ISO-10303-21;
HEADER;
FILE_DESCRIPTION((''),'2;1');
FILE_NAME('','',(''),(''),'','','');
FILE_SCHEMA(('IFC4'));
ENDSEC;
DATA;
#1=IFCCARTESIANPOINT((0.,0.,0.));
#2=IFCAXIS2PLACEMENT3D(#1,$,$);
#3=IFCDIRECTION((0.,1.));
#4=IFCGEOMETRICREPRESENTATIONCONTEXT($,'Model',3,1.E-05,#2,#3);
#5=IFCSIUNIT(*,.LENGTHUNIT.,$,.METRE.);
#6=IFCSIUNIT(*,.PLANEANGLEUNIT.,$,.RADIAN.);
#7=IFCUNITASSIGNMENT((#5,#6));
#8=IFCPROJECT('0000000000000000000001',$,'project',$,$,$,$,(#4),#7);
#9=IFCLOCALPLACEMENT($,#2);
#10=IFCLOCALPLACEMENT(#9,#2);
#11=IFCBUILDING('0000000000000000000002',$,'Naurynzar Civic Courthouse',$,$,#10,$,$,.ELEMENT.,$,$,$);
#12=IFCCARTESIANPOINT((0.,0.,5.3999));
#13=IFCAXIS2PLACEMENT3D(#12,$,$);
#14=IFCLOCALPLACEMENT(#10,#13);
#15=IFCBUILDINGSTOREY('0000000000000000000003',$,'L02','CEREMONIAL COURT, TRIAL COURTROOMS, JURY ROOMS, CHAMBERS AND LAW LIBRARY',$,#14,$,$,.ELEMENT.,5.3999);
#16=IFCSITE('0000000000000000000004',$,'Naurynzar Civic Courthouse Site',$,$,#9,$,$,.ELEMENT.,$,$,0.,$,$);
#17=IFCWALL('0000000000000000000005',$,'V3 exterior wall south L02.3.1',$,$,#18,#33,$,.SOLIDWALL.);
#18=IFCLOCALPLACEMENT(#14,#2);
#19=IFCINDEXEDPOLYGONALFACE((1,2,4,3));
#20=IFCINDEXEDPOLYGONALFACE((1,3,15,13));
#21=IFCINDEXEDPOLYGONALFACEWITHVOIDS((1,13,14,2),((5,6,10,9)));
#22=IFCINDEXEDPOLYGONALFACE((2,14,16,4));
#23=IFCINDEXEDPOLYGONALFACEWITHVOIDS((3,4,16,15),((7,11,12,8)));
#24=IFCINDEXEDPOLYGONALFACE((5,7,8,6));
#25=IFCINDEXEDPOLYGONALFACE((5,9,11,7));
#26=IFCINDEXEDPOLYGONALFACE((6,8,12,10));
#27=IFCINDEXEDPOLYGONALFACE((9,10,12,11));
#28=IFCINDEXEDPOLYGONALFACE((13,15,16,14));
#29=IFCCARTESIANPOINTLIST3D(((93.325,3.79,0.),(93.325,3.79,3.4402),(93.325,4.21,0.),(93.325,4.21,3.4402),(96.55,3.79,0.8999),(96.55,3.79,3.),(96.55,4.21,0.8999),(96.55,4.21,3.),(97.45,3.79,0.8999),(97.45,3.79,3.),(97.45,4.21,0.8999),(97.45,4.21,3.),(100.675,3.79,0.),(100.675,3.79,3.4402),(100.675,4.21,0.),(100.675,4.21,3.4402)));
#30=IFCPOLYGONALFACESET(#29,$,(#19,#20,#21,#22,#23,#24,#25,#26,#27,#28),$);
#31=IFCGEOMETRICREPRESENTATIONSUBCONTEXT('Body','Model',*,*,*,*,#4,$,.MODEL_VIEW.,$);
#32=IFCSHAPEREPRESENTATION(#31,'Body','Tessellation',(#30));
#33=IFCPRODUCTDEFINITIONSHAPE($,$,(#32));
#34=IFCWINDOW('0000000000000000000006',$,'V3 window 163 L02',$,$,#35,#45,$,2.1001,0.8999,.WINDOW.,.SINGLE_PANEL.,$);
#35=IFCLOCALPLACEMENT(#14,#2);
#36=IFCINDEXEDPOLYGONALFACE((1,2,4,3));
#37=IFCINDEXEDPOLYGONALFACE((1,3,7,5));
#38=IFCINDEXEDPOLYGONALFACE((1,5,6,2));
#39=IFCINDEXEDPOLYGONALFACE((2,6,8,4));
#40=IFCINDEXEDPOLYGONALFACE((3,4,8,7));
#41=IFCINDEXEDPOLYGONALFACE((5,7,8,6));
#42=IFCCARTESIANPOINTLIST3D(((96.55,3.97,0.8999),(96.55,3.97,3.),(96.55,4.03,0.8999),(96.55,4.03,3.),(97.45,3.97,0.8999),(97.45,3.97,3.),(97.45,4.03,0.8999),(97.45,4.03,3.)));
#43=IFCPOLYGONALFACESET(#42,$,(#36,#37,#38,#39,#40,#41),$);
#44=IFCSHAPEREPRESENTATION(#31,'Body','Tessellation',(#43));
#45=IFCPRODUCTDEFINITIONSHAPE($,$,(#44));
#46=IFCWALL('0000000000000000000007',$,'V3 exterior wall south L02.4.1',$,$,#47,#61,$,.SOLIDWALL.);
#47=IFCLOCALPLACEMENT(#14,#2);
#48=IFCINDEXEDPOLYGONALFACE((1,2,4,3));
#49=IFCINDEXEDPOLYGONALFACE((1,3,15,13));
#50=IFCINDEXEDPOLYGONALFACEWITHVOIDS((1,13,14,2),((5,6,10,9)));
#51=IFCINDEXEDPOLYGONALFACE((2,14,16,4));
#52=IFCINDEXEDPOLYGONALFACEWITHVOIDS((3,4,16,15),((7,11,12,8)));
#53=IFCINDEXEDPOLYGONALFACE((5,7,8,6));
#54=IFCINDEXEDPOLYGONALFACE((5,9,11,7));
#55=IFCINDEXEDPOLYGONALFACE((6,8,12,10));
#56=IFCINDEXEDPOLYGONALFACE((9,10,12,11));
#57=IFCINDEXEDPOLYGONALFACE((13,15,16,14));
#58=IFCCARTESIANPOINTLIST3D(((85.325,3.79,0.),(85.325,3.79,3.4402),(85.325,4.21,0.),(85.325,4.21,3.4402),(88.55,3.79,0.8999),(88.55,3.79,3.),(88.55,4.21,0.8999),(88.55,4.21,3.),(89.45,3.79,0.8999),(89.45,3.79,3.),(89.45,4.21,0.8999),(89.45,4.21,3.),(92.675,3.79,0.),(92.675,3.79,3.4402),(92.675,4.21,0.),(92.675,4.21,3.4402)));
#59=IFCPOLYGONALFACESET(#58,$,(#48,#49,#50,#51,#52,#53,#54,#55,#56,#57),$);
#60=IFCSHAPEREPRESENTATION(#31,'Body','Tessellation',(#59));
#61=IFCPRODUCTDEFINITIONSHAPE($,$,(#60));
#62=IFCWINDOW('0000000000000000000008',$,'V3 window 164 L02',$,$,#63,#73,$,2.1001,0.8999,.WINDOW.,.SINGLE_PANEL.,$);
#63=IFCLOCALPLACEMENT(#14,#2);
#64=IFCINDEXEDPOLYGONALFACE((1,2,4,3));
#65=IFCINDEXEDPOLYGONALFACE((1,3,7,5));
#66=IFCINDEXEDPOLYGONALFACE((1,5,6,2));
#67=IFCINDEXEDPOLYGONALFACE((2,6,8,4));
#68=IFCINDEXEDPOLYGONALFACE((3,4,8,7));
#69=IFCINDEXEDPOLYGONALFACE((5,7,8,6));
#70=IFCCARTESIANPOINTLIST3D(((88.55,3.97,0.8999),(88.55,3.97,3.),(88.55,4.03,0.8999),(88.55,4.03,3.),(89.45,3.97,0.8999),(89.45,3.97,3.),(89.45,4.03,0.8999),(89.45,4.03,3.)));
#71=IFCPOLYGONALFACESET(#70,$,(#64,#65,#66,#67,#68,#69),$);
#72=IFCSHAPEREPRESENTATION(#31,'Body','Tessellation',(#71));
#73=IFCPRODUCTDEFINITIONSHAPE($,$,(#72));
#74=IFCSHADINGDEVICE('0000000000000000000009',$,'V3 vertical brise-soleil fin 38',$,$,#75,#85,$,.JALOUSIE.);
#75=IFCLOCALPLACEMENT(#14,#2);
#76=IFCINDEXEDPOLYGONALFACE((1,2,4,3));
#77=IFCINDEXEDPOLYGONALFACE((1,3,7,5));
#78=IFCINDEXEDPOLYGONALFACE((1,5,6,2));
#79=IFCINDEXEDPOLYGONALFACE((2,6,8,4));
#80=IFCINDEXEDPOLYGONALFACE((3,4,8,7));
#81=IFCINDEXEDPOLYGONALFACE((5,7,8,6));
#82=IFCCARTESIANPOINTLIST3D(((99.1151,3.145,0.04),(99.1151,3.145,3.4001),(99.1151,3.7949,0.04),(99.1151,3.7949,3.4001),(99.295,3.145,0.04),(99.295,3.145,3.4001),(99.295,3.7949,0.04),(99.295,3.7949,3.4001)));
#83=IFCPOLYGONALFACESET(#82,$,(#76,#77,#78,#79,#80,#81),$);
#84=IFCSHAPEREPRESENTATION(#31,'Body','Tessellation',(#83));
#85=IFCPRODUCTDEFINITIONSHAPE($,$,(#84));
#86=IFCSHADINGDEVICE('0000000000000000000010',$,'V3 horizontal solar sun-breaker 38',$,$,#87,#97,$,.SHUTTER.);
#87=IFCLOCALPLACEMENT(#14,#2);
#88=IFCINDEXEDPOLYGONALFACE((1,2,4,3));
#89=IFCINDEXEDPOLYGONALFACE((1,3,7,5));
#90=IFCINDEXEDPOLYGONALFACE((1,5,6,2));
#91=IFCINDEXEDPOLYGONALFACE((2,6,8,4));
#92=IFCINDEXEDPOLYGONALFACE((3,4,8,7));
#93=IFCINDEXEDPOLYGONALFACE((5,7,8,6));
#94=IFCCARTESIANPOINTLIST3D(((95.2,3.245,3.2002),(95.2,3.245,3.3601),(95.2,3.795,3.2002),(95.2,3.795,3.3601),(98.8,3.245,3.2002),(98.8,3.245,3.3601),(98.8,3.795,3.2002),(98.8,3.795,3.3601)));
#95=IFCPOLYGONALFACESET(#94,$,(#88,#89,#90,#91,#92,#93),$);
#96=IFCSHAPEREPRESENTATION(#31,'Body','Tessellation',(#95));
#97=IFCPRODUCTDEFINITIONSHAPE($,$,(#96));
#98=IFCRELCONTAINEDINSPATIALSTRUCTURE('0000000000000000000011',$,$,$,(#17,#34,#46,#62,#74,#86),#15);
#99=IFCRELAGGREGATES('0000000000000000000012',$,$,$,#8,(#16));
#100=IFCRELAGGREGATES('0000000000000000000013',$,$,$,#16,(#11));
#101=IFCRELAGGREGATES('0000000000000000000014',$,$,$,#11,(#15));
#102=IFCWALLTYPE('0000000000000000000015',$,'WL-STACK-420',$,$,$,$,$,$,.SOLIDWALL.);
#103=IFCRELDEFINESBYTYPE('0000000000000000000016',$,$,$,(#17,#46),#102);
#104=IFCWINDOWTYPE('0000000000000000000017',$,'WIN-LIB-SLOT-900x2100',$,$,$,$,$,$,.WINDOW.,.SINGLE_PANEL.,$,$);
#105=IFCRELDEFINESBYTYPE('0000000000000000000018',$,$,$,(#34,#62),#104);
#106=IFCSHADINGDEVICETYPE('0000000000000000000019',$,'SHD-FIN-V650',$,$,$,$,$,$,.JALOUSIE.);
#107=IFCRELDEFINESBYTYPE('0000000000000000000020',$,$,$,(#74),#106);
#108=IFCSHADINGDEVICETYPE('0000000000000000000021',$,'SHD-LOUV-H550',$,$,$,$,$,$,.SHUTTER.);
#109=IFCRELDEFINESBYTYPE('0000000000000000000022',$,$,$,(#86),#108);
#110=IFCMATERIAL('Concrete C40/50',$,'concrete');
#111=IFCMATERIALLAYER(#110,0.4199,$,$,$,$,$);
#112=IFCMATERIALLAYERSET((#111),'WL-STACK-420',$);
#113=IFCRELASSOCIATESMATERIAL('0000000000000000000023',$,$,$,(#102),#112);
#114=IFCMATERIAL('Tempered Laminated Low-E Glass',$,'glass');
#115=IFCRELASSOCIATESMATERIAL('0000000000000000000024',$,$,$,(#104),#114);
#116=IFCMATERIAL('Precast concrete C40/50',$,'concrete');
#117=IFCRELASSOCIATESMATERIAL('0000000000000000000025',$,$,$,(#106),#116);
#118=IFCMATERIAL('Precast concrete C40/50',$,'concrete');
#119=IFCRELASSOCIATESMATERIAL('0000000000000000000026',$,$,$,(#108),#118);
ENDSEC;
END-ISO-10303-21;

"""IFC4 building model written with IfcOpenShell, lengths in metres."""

from ifc_helpers import new_model, si_unit, direction, frame, frame_2d, origin, origin_2d, place, context, subcontext, project, spatial, rectangle, extrude, material, layer, layer_set, type_object, element, fill, save


model = new_model("IFC4")

# Units and contexts
model_context = context("Model", 3, precision=1e-05, world=origin(), true_north=direction((0.0, 1.0)))
body_context = subcontext(model_context, "Body", "Model", "MODEL_VIEW")
ifc_project = project(units=[si_unit("LENGTHUNIT", "METRE"), si_unit("PLANEANGLEUNIT", "RADIAN")], contexts=[model_context])

# Site, building, storey
site_placement = place(None, origin())
site = spatial("IfcSite", under=ifc_project, at=site_placement, Name="Naurynzar Civic Courthouse Site", CompositionType="ELEMENT", RefElevation=0.0)
building_placement = place(site_placement, origin())
building = spatial("IfcBuilding", under=site, at=building_placement, Name="Naurynzar Civic Courthouse", CompositionType="ELEMENT")
storey_placement = place(building_placement, frame((0.0, 0.0, 5.3999)))
storey = spatial("IfcBuildingStorey", under=building, at=storey_placement, Name="L02", Description="CEREMONIAL COURT, TRIAL COURTROOMS, JURY ROOMS, CHAMBERS AND LAW LIBRARY", CompositionType="ELEMENT", Elevation=5.3999)

# Walls, openings, windows
ifc_material_1 = material(Name="Concrete C40/50", Category="concrete")
ifc_layer = layer(ifc_material_1, 0.4199)
ifc_layer_set = layer_set([ifc_layer], Name="WL-STACK-420")
wall_type = type_object("IfcWallType", Name="WL-STACK-420", PredefinedType="SOLIDWALL", material=ifc_layer_set)
wall_1_placement = place(storey_placement, frame((100.675, 4.0, 0.0), z_axis=(0.0, 0.0, 1.0), x_axis=(-1.0, 0.0, 0.0)))
wall_1 = element("IfcWall", 1, at=wall_1_placement, inside=storey, type_object=wall_type, Name="V3 exterior wall south L02.3.1", PredefinedType="SOLIDWALL", context=body_context, shape_type="SweptSolid", body=[
    extrude(rectangle(XDim=7.3501, YDim=0.4199, at=frame_2d((3.675, 0.0))), origin(), (0.0, 0.0, 1.0), 3.4402),
])
opening_1_placement = place(wall_1_placement, frame((3.2251, 0.0, 0.8999)))
opening_1 = element("IfcOpeningElement", 2, at=opening_1_placement, cuts=wall_1, PredefinedType="OPENING", context=body_context, shape_type="SweptSolid", body=[
    extrude(rectangle(XDim=0.8999, YDim=2.1001, at=frame_2d((0.45, 1.05))), frame((0.0, 0.22, 0.0), z_axis=(0.0, -1.0, 0.0), x_axis=(1.0, 0.0, 0.0)), (0.0, 0.0, 1.0), 0.4399),
])
ifc_material_2 = material(Name="Tempered Laminated Low-E Glass", Category="glass")
window_type = type_object("IfcWindowType", Name="WIN-LIB-SLOT-900x2100", PartitioningType="SINGLE_PANEL", PredefinedType="WINDOW", material=ifc_material_2)
window_1_placement = place(opening_1_placement, origin())
window_1 = element("IfcWindow", 3, at=window_1_placement, inside=storey, type_object=window_type, Name="V3 window 163 L02", OverallHeight=2.1001, OverallWidth=0.8999, PartitioningType="SINGLE_PANEL", PredefinedType="WINDOW", context=body_context, shape_type="SweptSolid", body=[
    extrude(rectangle(XDim=0.8999, YDim=2.1001, at=frame_2d((0.45, 1.05))), frame((0.0, 0.03, 0.0), z_axis=(0.0, -1.0, 0.0), x_axis=(1.0, 0.0, 0.0)), (0.0, 0.0, 1.0), 0.0601),
])
fill(opening_1, window_1)
wall_2_placement = place(storey_placement, frame((92.675, 4.0, 0.0), z_axis=(0.0, 0.0, 1.0), x_axis=(-1.0, 0.0, 0.0)))
wall_2 = element("IfcWall", 4, at=wall_2_placement, inside=storey, type_object=wall_type, Name="V3 exterior wall south L02.4.1", PredefinedType="SOLIDWALL", context=body_context, shape_type="SweptSolid", body=[
    extrude(rectangle(XDim=7.3501, YDim=0.4199, at=frame_2d((3.675, 0.0))), origin(), (0.0, 0.0, 1.0), 3.4402),
])
opening_2_placement = place(wall_2_placement, frame((3.2251, 0.0, 0.8999)))
opening_2 = element("IfcOpeningElement", 5, at=opening_2_placement, cuts=wall_2, PredefinedType="OPENING", context=body_context, shape_type="SweptSolid", body=[
    extrude(rectangle(XDim=0.8999, YDim=2.1001, at=frame_2d((0.45, 1.05))), frame((0.0, 0.22, 0.0), z_axis=(0.0, -1.0, 0.0), x_axis=(1.0, 0.0, 0.0)), (0.0, 0.0, 1.0), 0.4399),
])
window_2_placement = place(opening_2_placement, origin())
window_2 = element("IfcWindow", 6, at=window_2_placement, inside=storey, type_object=window_type, Name="V3 window 164 L02", OverallHeight=2.1001, OverallWidth=0.8999, PartitioningType="SINGLE_PANEL", PredefinedType="WINDOW", context=body_context, shape_type="SweptSolid", body=[
    extrude(rectangle(XDim=0.8999, YDim=2.1001, at=frame_2d((0.45, 1.05))), frame((0.0, 0.03, 0.0), z_axis=(0.0, -1.0, 0.0), x_axis=(1.0, 0.0, 0.0)), (0.0, 0.0, 1.0), 0.0601),
])
fill(opening_2, window_2)

# Shading devices
ifc_material_3 = material(Name="Precast concrete C40/50", Category="concrete")
shading_device_type_1 = type_object("IfcShadingDeviceType", Name="SHD-FIN-V650", PredefinedType="JALOUSIE", material=ifc_material_3)
shading_device_1_placement = place(storey_placement, frame((99.2051, 3.47, 0.04), z_axis=(0.0, 0.0, 1.0), x_axis=(-1.0, 0.0, 0.0)))
element("IfcShadingDevice", 7, at=shading_device_1_placement, inside=storey, type_object=shading_device_type_1, Name="V3 vertical brise-soleil fin 38", PredefinedType="JALOUSIE", context=body_context, shape_type="SweptSolid", body=[
    extrude(rectangle(XDim=0.1799, YDim=0.6499, at=origin_2d()), origin(), (0.0, 0.0, 1.0), 3.3601),
])
ifc_material_4 = material(Name="Precast concrete C40/50", Category="concrete")
shading_device_type_2 = type_object("IfcShadingDeviceType", Name="SHD-LOUV-H550", PredefinedType="SHUTTER", material=ifc_material_4)
shading_device_2_placement = place(storey_placement, frame((97.0, 3.52, 3.2002), z_axis=(0.0, 0.0, 1.0), x_axis=(-1.0, 0.0, 0.0)))
element("IfcShadingDevice", 8, at=shading_device_2_placement, inside=storey, type_object=shading_device_type_2, Name="V3 horizontal solar sun-breaker 38", PredefinedType="SHUTTER", context=body_context, shape_type="SweptSolid", body=[
    extrude(rectangle(XDim=3.6001, YDim=0.55, at=origin_2d()), origin(), (0.0, 0.0, 1.0), 0.1599),
])

save(model, "model.ifc")
